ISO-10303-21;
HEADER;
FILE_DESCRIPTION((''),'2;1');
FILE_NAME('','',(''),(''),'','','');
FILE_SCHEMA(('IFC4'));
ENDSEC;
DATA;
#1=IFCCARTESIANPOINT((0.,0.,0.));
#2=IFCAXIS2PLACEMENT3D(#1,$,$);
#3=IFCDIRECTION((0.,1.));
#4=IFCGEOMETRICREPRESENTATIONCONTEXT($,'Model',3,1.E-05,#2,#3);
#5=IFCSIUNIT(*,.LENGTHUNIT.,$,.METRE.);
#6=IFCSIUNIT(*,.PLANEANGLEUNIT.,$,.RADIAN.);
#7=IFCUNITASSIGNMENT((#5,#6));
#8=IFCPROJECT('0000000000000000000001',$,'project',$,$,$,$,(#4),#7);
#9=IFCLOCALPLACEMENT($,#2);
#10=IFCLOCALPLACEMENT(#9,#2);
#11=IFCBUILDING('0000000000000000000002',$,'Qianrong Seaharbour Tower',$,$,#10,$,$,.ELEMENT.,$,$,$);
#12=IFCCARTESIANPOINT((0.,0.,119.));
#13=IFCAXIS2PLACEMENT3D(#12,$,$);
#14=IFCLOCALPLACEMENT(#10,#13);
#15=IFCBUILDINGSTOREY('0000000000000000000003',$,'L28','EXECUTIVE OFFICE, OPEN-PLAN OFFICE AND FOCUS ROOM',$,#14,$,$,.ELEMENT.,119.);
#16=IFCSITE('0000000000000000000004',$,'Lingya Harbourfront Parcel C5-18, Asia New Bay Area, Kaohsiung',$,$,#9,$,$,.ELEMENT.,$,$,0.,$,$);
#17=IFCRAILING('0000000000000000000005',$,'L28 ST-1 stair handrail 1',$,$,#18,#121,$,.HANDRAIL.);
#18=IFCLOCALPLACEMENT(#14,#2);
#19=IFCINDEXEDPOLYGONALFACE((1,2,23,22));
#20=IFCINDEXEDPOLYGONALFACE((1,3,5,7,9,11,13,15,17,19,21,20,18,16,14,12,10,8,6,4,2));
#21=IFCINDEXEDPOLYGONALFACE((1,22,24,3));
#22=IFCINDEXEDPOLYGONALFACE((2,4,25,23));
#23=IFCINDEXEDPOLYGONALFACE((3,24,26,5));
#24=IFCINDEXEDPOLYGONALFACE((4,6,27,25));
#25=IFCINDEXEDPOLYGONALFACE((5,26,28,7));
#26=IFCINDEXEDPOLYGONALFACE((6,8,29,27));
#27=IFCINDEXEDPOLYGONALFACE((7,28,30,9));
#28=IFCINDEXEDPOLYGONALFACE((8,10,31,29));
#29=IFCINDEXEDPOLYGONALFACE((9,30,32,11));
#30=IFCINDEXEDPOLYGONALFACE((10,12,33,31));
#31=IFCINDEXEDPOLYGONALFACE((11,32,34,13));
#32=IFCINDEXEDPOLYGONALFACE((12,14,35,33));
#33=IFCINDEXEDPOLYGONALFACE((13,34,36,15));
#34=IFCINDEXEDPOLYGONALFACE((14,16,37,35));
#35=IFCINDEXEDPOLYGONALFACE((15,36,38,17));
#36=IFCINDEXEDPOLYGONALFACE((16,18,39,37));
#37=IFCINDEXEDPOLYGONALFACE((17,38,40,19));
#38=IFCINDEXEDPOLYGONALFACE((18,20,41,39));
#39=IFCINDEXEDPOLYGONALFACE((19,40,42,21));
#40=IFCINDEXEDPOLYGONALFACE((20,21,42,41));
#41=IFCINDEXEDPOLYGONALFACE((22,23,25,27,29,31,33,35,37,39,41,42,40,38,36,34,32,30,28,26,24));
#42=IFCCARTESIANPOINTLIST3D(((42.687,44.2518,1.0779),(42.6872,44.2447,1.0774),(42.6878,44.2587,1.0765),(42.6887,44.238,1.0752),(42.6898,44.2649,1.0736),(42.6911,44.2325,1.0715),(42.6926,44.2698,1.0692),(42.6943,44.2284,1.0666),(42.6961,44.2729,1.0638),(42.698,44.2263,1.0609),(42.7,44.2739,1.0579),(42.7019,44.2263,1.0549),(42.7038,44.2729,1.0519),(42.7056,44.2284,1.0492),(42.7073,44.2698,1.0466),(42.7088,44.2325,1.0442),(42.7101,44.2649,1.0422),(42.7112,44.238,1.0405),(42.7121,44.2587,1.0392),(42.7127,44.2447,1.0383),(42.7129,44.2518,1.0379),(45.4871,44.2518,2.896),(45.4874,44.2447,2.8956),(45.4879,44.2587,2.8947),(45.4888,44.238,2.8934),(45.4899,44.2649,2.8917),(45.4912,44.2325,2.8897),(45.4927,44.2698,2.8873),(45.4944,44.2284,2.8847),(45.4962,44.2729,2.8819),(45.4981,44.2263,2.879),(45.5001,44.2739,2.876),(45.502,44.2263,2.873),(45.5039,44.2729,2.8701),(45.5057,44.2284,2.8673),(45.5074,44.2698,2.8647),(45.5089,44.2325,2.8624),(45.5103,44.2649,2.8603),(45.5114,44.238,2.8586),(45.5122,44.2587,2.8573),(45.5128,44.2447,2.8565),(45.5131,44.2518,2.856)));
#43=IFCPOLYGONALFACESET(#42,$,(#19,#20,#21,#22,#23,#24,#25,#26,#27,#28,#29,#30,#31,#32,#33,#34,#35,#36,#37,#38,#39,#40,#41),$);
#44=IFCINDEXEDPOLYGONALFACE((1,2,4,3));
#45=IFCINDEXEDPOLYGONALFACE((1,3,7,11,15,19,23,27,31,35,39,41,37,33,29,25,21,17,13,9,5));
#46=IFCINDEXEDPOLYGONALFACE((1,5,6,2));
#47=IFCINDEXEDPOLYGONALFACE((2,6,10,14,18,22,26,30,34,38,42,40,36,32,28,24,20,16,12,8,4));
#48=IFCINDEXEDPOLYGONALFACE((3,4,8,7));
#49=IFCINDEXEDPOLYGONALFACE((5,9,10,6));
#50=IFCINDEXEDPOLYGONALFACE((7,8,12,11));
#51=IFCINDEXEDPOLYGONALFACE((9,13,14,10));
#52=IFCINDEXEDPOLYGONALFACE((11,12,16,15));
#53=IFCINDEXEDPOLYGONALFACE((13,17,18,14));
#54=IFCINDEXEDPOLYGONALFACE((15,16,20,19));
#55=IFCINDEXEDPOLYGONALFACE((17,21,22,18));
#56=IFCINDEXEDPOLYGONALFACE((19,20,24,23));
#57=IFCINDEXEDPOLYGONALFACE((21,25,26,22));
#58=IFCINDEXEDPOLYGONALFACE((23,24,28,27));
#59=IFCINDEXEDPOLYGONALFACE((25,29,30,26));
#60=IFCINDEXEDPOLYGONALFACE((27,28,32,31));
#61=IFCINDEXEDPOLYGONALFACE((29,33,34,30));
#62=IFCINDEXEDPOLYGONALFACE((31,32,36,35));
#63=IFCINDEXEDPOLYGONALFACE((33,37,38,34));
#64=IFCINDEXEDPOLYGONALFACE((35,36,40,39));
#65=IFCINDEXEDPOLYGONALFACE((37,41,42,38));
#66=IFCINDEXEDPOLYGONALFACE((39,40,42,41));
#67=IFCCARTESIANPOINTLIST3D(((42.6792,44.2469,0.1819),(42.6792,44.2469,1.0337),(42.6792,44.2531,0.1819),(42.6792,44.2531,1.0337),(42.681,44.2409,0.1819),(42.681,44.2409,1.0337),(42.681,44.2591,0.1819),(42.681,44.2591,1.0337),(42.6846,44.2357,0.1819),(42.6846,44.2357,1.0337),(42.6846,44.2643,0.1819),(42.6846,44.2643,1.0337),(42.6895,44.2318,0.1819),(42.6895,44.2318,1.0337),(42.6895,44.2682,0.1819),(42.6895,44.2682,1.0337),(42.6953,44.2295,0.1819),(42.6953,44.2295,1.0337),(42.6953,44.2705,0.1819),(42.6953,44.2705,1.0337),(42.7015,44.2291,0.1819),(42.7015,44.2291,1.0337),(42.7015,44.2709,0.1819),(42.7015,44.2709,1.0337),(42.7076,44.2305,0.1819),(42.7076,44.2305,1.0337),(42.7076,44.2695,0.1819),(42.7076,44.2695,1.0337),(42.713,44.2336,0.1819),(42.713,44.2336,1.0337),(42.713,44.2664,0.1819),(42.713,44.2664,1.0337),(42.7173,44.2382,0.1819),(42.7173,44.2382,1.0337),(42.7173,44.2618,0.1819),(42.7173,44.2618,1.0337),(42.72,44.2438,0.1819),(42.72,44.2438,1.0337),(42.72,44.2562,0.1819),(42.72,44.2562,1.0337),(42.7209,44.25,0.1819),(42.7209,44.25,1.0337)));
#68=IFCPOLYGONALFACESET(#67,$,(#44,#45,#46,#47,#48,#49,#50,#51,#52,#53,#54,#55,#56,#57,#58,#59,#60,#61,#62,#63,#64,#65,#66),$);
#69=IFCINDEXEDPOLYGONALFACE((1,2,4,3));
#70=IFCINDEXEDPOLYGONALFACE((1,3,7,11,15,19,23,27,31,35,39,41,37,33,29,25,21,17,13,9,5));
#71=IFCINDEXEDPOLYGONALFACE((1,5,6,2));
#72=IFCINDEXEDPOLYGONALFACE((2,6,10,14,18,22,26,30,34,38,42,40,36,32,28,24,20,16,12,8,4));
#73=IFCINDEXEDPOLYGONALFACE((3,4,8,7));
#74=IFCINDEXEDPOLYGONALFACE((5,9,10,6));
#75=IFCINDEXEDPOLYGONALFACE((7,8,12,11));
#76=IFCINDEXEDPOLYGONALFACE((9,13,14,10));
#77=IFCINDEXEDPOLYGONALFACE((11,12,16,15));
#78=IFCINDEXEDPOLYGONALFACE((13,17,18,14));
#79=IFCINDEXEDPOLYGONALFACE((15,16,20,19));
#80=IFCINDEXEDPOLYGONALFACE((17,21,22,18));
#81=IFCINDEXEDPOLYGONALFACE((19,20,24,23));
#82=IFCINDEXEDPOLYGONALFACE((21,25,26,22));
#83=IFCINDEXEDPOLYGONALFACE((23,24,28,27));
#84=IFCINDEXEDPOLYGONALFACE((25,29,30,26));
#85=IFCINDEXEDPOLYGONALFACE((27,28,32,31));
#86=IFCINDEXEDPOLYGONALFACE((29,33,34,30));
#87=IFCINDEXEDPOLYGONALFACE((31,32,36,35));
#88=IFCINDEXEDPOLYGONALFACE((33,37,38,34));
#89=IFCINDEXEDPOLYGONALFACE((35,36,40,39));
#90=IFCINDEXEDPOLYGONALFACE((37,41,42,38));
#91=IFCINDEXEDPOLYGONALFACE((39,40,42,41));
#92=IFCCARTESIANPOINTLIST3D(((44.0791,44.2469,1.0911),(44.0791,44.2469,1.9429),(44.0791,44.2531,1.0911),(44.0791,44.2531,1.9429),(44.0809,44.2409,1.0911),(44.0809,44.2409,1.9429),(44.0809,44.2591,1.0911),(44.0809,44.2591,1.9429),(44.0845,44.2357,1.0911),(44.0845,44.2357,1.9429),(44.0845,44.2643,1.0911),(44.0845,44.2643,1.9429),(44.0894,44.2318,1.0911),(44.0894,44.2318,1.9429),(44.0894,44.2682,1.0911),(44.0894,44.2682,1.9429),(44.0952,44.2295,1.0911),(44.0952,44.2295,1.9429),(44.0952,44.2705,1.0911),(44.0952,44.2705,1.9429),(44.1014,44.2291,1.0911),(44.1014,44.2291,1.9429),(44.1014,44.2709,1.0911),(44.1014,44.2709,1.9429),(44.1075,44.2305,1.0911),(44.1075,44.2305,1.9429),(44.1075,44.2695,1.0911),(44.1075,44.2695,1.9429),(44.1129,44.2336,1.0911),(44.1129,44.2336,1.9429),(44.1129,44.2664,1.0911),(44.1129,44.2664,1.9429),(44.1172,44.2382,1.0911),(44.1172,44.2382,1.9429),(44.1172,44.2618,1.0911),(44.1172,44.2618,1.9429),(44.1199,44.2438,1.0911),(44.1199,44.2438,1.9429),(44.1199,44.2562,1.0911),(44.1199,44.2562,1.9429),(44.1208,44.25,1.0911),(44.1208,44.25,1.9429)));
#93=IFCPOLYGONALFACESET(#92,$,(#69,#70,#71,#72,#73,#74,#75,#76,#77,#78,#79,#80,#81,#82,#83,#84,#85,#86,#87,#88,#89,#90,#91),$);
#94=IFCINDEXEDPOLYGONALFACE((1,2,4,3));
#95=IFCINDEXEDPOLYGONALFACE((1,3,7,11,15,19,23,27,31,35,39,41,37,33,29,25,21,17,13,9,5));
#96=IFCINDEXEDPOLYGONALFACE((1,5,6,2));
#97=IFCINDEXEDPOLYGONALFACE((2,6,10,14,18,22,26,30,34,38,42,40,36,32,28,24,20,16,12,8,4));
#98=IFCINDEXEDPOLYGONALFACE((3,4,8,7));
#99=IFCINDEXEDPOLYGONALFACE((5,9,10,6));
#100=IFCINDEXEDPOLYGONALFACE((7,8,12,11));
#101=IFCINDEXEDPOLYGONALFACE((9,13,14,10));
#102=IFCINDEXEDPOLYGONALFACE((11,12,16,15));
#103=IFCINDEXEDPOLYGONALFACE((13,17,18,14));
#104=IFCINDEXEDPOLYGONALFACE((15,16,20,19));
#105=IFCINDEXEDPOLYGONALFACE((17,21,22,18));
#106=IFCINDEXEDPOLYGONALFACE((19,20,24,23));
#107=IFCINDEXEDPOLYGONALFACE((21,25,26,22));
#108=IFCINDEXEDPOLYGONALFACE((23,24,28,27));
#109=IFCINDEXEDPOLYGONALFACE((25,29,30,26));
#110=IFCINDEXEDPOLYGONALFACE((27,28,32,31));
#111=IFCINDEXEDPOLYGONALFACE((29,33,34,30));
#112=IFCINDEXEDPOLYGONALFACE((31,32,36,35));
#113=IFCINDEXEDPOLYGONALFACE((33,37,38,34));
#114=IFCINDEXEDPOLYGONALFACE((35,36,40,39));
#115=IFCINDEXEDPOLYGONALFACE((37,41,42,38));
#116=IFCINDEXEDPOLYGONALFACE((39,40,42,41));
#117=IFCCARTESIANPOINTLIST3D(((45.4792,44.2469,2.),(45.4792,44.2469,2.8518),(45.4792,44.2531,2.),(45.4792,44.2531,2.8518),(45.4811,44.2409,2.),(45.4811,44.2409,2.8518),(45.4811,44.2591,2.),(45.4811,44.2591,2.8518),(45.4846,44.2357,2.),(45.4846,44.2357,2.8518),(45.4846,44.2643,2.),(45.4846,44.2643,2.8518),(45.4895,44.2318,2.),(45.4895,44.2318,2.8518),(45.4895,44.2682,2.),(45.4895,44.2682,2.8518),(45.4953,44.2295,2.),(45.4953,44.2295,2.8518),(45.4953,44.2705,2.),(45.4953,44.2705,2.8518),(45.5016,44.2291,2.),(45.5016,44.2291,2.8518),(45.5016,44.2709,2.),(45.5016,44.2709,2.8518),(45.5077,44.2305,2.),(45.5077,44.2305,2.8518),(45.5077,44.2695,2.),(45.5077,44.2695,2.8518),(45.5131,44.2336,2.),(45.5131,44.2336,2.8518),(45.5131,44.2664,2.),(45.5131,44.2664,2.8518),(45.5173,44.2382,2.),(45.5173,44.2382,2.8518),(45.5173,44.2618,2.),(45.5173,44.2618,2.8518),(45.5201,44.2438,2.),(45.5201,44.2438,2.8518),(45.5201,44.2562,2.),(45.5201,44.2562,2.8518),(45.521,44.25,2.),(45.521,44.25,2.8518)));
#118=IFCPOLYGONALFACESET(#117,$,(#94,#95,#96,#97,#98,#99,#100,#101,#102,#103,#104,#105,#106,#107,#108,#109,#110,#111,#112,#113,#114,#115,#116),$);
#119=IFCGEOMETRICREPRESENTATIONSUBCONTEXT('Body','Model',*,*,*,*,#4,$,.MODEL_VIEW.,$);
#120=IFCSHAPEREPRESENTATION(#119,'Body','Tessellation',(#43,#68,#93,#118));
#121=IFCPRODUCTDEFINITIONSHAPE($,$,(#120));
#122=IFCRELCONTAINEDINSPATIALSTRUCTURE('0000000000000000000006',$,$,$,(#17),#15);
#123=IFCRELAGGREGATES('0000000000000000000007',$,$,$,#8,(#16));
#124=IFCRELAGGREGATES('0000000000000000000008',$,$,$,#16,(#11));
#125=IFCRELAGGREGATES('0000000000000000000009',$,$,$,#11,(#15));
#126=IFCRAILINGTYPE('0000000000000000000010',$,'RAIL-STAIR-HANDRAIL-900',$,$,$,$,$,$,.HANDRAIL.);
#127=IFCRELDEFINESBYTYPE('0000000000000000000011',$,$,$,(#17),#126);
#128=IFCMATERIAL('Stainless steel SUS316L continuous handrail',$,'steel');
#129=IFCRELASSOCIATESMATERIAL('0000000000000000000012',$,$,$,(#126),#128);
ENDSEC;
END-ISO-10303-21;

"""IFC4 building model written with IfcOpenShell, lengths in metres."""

from ifc_helpers import new_model, si_unit, direction, frame, origin, origin_2d, place, context, subcontext, project, spatial, circle, extrude, material, type_object, element, save


model = new_model("IFC4")

# Units and contexts
model_context = context("Model", 3, precision=1e-05, world=origin(), true_north=direction((0.0, 1.0)))
body_context = subcontext(model_context, "Body", "Model", "MODEL_VIEW")
ifc_project = project(units=[si_unit("LENGTHUNIT", "METRE"), si_unit("PLANEANGLEUNIT", "RADIAN")], contexts=[model_context])

# Site, building, storey
site_placement = place(None, origin())
site = spatial("IfcSite", under=ifc_project, at=site_placement, Name="Lingya Harbourfront Parcel C5-18, Asia New Bay Area, Kaohsiung", CompositionType="ELEMENT", RefElevation=0.0)
building_placement = place(site_placement, origin())
building = spatial("IfcBuilding", under=site, at=building_placement, Name="Qianrong Seaharbour Tower", CompositionType="ELEMENT")
storey_placement = place(building_placement, frame((0.0, 0.0, 119.0)))
storey = spatial("IfcBuildingStorey", under=building, at=storey_placement, Name="L28", Description="EXECUTIVE OFFICE, OPEN-PLAN OFFICE AND FOCUS ROOM", CompositionType="ELEMENT", Elevation=119.0)

# Railing
ifc_material_1 = material(Name="Stainless steel SUS316L continuous handrail", Category="steel")
railing_type_1 = type_object("IfcRailingType", Name="RAIL-STAIR-HANDRAIL-900", PredefinedType="HANDRAIL", material=ifc_material_1)
railing_1_placement = place(storey_placement, frame((42.7, 44.25, 0.1819)))
element("IfcRailing", 1, at=railing_1_placement, inside=storey, type_object=railing_type_1, Name="L28 ST-1 stair handrail 1", PredefinedType="HANDRAIL", context=body_context, shape_type="SweptSolid", body=[
    extrude(circle(Radius=0.0239, at=origin_2d()), frame((0.0, 0.0, 0.876), z_axis=(0.838706, 0.0, 0.544585), x_axis=(0.0, 1.0, 0.0)), (0.0, 0.0, 1.0), 3.3386),
    extrude(circle(Radius=0.021, at=origin_2d()), origin(), (0.0, 0.0, 1.0), 0.8518),
    extrude(circle(Radius=0.021, at=origin_2d()), frame((1.3999, 0.0, 0.9092)), (0.0, 0.0, 1.0), 0.8518),
    extrude(circle(Radius=0.021, at=origin_2d()), frame((2.8, 0.0, 1.8181)), (0.0, 0.0, 1.0), 0.8518),
])

save(model, "model.ifc")
